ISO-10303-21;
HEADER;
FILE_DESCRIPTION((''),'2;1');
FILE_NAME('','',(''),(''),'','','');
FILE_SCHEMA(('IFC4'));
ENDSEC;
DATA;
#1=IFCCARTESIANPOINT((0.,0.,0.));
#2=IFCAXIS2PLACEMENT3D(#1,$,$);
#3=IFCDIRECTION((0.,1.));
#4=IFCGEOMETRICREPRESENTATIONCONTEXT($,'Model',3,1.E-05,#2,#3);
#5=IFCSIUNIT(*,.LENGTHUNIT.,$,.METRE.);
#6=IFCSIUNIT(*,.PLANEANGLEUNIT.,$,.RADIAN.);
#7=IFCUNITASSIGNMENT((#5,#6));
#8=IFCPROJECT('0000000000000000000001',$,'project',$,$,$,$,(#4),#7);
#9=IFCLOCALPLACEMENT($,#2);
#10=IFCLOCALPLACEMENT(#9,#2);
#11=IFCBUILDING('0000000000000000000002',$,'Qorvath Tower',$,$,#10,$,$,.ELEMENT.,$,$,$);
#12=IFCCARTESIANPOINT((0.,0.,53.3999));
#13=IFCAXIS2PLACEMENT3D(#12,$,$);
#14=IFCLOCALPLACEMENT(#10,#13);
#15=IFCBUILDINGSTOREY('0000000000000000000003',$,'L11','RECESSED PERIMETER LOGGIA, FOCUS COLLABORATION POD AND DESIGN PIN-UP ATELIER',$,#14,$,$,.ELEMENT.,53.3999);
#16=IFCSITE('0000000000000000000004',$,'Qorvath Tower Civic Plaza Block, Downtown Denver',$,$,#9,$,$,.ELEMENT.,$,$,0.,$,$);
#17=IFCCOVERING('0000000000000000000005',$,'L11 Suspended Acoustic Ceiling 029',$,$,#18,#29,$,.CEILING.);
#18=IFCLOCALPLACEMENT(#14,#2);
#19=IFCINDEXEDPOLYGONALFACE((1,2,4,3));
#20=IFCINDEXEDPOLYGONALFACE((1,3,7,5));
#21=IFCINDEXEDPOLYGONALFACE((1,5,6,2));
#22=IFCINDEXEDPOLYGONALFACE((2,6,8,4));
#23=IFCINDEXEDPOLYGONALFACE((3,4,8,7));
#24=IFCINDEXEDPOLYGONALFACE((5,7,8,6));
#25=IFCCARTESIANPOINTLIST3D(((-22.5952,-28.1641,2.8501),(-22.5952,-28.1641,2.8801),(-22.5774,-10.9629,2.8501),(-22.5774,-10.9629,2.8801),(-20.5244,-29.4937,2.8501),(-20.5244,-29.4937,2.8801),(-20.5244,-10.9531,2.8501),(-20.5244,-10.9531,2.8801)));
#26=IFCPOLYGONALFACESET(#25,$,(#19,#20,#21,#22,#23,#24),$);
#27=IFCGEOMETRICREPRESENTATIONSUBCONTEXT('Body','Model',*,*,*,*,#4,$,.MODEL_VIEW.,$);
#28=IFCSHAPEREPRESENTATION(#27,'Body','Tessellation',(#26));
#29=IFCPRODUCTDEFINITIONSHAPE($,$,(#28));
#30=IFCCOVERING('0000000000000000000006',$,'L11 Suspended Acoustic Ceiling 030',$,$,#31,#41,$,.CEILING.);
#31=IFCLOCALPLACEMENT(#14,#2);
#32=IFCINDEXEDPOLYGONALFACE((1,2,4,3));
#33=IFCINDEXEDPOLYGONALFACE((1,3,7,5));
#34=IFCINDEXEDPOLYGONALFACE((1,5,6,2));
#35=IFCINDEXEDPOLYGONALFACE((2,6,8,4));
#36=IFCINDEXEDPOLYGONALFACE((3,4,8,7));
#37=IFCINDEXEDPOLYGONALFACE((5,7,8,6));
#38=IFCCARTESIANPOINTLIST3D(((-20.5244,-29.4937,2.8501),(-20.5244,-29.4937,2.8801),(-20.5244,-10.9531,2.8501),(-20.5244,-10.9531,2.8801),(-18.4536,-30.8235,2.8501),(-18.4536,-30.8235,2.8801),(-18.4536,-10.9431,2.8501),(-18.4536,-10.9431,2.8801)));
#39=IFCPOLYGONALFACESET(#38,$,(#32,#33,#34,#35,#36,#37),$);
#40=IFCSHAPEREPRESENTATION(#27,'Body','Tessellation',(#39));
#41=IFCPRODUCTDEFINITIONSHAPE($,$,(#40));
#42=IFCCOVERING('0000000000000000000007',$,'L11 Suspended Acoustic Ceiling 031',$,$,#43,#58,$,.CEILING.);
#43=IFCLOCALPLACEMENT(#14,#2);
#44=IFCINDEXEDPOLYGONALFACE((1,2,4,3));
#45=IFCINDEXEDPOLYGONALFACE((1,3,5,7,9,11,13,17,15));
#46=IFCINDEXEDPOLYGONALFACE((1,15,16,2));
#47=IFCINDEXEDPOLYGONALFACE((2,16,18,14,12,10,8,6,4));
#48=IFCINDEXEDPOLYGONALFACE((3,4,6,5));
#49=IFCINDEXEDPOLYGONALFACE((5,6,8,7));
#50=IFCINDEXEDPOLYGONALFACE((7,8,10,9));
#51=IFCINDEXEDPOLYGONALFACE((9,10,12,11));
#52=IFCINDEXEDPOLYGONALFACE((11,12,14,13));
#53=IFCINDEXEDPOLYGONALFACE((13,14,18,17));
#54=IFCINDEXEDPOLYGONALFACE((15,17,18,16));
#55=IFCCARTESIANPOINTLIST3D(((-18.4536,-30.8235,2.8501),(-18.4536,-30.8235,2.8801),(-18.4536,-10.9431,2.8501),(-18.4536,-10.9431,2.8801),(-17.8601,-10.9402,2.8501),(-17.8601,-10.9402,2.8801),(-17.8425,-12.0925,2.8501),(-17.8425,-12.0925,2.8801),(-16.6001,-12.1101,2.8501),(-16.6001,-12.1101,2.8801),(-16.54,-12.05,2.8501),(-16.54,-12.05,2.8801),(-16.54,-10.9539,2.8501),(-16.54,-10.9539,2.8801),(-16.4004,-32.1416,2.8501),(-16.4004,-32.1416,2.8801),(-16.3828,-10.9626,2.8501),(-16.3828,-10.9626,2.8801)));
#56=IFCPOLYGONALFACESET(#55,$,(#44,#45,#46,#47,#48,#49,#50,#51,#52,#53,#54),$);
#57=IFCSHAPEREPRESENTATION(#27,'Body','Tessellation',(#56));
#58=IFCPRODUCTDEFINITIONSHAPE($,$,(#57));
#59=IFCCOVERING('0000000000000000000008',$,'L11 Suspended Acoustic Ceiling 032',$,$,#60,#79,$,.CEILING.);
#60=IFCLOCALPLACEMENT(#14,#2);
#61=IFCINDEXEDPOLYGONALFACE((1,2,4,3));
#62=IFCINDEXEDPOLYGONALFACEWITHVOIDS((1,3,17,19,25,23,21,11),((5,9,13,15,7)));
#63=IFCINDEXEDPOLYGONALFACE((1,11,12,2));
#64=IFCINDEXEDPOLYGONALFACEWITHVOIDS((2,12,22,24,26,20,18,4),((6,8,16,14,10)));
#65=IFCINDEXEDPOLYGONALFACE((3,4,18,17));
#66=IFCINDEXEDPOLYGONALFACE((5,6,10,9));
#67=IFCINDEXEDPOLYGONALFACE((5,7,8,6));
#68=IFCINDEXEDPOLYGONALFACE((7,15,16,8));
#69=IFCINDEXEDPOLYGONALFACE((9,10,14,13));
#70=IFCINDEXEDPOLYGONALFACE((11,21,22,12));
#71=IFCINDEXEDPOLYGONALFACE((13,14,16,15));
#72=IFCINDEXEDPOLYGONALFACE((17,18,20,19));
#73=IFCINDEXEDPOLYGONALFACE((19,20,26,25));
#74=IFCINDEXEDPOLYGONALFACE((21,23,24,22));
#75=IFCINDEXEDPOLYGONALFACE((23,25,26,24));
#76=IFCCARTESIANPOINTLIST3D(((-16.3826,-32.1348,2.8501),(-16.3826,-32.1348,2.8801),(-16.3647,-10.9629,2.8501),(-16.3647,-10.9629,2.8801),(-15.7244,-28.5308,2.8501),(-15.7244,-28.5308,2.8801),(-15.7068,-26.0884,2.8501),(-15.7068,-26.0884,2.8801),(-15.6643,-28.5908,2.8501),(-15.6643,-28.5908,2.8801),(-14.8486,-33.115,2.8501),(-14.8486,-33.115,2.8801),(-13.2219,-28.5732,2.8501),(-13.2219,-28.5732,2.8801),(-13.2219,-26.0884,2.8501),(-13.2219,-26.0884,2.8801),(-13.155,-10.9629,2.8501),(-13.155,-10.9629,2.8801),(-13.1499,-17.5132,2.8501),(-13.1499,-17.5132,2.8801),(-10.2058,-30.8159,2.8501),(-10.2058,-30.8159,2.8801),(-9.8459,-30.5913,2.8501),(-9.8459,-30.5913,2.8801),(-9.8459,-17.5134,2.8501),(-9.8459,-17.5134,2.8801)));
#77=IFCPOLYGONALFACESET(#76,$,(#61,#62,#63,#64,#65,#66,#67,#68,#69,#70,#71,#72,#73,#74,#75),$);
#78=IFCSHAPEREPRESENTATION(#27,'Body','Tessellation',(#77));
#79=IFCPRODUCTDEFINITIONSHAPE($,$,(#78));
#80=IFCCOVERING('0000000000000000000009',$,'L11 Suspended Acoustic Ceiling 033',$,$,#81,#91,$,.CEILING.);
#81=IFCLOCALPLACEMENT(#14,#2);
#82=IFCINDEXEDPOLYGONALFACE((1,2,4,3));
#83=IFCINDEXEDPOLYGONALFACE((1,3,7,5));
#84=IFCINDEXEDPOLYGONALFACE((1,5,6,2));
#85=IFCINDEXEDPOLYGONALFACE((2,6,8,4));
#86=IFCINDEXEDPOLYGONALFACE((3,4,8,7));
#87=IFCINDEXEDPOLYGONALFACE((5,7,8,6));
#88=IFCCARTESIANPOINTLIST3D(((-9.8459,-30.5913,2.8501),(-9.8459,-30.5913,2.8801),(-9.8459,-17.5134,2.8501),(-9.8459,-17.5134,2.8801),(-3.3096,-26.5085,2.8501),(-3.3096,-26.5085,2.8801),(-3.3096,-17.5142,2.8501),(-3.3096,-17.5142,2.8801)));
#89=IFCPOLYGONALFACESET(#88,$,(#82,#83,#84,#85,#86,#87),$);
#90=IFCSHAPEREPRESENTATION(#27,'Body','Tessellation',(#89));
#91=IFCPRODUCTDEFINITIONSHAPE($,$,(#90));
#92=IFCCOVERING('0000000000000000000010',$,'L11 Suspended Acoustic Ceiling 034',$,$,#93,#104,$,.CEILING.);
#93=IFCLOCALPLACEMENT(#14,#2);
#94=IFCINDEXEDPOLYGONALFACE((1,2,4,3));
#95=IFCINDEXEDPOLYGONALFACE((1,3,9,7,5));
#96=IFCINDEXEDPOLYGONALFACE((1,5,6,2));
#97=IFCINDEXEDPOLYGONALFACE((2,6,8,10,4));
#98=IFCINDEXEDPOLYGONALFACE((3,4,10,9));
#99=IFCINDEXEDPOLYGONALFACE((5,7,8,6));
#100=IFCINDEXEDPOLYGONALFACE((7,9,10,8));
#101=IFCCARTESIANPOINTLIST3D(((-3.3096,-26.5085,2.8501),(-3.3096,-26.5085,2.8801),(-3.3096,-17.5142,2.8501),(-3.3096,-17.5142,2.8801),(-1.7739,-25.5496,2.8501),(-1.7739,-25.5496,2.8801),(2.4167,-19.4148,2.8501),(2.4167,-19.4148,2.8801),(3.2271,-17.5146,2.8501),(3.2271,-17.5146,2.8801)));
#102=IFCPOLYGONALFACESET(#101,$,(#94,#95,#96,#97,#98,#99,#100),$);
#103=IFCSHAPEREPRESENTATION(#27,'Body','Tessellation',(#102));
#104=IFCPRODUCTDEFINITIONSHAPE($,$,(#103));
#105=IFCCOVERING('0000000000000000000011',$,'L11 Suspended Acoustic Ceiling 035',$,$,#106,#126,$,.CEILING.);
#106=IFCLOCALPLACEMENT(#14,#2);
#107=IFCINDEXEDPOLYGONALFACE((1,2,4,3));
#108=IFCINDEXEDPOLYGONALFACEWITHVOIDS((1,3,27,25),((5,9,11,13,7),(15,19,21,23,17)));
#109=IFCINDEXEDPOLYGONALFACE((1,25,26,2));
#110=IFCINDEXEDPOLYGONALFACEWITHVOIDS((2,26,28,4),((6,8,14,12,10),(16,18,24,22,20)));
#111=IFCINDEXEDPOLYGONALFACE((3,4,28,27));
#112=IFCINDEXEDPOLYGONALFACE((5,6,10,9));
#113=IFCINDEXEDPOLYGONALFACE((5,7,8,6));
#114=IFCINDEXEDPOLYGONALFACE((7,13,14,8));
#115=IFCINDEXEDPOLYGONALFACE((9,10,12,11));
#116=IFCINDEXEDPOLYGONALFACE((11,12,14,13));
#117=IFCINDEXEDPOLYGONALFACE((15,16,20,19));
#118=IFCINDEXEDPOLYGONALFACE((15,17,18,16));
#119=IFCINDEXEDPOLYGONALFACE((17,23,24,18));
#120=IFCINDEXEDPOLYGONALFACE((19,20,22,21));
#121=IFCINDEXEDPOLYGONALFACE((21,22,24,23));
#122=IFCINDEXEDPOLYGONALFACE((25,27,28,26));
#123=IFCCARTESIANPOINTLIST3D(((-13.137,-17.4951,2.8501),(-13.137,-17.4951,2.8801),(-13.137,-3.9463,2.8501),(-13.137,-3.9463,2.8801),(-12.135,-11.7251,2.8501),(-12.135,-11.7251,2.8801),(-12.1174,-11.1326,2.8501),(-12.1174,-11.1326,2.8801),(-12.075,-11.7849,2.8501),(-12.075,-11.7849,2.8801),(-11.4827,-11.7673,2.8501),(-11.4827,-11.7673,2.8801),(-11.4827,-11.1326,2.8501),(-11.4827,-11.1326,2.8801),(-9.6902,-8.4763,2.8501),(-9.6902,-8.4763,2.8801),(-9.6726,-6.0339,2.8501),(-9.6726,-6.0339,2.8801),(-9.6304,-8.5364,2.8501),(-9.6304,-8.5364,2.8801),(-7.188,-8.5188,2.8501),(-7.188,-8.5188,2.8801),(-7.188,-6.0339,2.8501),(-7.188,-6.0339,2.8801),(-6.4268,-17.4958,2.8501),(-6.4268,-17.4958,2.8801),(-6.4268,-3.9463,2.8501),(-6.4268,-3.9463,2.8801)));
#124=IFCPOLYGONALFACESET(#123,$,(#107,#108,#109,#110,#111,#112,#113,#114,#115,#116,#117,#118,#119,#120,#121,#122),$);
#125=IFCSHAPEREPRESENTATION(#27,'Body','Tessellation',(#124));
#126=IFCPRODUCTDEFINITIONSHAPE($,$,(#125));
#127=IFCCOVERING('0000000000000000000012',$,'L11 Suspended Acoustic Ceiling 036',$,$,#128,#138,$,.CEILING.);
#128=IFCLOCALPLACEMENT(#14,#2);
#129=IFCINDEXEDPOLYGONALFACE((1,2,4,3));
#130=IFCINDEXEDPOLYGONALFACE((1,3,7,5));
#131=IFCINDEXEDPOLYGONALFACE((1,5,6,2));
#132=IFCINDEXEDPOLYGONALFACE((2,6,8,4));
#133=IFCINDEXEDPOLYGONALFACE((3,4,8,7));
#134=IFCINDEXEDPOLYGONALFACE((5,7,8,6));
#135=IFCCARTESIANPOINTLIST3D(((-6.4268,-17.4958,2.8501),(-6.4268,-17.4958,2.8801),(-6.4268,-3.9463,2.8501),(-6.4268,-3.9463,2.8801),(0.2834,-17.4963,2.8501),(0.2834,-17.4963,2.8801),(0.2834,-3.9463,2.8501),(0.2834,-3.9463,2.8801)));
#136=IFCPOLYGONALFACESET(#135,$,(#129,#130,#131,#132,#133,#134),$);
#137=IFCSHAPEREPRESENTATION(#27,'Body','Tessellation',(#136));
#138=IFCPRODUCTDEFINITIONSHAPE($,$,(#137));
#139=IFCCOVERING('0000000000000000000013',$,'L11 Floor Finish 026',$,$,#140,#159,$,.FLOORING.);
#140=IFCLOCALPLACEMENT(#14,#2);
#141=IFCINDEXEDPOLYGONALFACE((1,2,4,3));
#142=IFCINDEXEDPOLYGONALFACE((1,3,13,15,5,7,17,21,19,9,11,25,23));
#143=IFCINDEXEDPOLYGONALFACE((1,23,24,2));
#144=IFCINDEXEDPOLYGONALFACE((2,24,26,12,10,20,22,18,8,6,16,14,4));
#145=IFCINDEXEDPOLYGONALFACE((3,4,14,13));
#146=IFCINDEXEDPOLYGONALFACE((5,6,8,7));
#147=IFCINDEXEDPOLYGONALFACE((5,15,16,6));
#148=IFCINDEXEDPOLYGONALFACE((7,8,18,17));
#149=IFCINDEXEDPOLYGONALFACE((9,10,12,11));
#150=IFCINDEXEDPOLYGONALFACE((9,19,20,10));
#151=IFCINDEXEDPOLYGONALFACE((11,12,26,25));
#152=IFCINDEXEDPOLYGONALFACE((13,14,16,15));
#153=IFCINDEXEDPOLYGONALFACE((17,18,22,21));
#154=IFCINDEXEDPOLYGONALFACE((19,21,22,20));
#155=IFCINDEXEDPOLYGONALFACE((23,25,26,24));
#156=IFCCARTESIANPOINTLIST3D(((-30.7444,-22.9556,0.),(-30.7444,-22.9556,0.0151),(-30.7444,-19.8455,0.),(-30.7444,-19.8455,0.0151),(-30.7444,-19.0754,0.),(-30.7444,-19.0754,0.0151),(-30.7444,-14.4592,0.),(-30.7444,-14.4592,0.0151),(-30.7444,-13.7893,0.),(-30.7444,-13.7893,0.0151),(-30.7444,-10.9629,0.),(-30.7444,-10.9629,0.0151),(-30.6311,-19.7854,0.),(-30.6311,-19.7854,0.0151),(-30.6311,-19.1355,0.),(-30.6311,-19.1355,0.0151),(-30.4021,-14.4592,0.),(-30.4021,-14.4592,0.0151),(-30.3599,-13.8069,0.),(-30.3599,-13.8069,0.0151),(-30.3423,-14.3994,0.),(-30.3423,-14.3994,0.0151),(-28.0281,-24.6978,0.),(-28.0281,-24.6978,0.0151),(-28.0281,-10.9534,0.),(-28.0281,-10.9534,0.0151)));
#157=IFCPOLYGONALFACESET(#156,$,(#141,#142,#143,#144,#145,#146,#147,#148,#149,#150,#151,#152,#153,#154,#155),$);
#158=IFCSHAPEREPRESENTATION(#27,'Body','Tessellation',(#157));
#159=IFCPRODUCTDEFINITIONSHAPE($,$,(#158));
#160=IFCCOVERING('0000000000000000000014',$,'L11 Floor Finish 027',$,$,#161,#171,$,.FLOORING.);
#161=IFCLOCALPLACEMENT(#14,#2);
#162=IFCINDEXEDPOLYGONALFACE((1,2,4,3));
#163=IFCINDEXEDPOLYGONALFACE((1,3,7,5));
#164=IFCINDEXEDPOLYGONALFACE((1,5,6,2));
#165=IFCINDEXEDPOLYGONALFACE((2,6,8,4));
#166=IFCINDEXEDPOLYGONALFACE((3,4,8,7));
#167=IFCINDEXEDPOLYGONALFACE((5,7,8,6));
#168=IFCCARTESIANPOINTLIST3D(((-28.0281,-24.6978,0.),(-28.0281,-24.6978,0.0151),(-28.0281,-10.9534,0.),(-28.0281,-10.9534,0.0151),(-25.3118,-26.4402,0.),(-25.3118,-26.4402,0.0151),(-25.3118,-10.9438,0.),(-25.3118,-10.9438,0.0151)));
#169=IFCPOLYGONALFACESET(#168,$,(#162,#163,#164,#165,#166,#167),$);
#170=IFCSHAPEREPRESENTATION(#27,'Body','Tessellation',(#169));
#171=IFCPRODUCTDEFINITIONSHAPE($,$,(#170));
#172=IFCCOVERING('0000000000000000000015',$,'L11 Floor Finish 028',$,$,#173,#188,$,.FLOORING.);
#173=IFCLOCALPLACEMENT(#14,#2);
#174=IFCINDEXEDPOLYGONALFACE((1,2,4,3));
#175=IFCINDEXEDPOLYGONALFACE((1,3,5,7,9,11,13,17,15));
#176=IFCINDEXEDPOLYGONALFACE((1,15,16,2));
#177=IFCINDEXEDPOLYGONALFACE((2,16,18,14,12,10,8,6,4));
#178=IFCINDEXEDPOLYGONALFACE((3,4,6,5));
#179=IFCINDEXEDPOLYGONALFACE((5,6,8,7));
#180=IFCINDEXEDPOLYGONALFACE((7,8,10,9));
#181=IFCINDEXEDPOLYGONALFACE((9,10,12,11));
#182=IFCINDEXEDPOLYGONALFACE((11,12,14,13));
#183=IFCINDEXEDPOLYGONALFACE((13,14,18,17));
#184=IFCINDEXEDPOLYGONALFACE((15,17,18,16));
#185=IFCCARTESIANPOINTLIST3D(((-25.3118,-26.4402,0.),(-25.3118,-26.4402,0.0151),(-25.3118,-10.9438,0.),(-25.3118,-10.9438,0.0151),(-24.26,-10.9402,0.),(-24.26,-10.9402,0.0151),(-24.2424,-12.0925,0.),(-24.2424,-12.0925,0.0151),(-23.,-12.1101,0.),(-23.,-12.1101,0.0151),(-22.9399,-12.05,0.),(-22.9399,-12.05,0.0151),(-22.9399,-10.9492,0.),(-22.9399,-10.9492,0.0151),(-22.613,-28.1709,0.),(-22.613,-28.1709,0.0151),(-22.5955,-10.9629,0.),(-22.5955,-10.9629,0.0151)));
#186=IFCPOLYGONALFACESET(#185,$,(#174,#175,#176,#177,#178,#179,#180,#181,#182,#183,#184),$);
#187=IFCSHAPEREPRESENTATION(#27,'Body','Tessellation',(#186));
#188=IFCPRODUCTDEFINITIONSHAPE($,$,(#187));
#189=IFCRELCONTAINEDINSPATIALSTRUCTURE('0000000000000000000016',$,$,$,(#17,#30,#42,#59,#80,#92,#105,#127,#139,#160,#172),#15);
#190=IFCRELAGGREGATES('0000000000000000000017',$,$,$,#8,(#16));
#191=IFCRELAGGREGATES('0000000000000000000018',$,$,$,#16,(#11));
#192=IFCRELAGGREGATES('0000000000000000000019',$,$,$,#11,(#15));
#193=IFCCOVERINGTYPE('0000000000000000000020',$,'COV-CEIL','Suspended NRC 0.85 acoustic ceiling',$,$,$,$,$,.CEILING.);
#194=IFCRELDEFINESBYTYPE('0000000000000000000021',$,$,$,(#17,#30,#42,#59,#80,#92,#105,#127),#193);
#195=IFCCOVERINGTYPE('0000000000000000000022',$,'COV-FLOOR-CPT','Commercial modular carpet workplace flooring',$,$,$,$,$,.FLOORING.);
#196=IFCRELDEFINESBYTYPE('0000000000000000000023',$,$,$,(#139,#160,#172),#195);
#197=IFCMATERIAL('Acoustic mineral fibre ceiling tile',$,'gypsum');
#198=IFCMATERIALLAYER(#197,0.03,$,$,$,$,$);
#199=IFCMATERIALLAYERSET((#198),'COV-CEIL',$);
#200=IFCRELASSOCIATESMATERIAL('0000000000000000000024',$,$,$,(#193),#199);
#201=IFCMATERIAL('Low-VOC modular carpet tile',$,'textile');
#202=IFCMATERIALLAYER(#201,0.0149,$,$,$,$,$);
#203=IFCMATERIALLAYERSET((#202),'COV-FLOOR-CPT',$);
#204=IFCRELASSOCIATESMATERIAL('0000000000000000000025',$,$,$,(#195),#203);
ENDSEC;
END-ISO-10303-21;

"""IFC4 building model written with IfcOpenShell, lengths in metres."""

from ifc_helpers import new_model, si_unit, direction, frame, origin, place, context, subcontext, project, spatial, polyline, outline, extrude, material, layer, layer_set, type_object, element, save


model = new_model("IFC4")

# Units and contexts
model_context = context("Model", 3, precision=1e-05, world=origin(), true_north=direction((0.0, 1.0)))
body_context = subcontext(model_context, "Body", "Model", "MODEL_VIEW")
ifc_project = project(units=[si_unit("LENGTHUNIT", "METRE"), si_unit("PLANEANGLEUNIT", "RADIAN")], contexts=[model_context])

# Site, building, storey
site_placement = place(None, origin())
site = spatial("IfcSite", under=ifc_project, at=site_placement, Name="Qorvath Tower Civic Plaza Block, Downtown Denver", CompositionType="ELEMENT", RefElevation=0.0)
building_placement = place(site_placement, origin())
building = spatial("IfcBuilding", under=site, at=building_placement, Name="Qorvath Tower", CompositionType="ELEMENT")
storey_placement = place(building_placement, frame((0.0, 0.0, 53.3999)))
storey = spatial("IfcBuildingStorey", under=building, at=storey_placement, Name="L11", Description="RECESSED PERIMETER LOGGIA, FOCUS COLLABORATION POD AND DESIGN PIN-UP ATELIER", CompositionType="ELEMENT", Elevation=53.3999)

# Coverings
ifc_material_1 = material(Name="Acoustic mineral fibre ceiling tile", Category="gypsum")
ifc_layer_1 = layer(ifc_material_1, 0.03)
ifc_layer_set_1 = layer_set([ifc_layer_1], Name="COV-CEIL")
covering_type_1 = type_object("IfcCoveringType", Name="COV-CEIL", Description="Suspended NRC 0.85 acoustic ceiling", PredefinedType="CEILING", material=ifc_layer_set_1)
covering_1_placement = place(storey_placement, frame((0.0, 0.0, 2.8501)))
element("IfcCovering", 1, at=covering_1_placement, inside=storey, type_object=covering_type_1, Name="L11 Suspended Acoustic Ceiling 029", PredefinedType="CEILING", context=body_context, shape_type="SweptSolid", body=[
    extrude(outline(polyline([(-20.5244, -29.4937), (-20.5244, -10.9531), (-22.5774, -10.9629), (-22.5952, -28.1641), (-20.5244, -29.4937)])), origin(), (0.0, 0.0, 1.0), 0.03),
])
covering_2_placement = place(storey_placement, frame((0.0, 0.0, 2.8501)))
element("IfcCovering", 2, at=covering_2_placement, inside=storey, type_object=covering_type_1, Name="L11 Suspended Acoustic Ceiling 030", PredefinedType="CEILING", context=body_context, shape_type="SweptSolid", body=[
    extrude(outline(polyline([(-18.4536, -30.8235), (-18.4536, -10.9431), (-20.5244, -10.9531), (-20.5244, -29.4937), (-18.4536, -30.8235)])), origin(), (0.0, 0.0, 1.0), 0.03),
])
covering_3_placement = place(storey_placement, frame((0.0, 0.0, 2.8501)))
element("IfcCovering", 3, at=covering_3_placement, inside=storey, type_object=covering_type_1, Name="L11 Suspended Acoustic Ceiling 031", PredefinedType="CEILING", context=body_context, shape_type="SweptSolid", body=[
    extrude(outline(polyline([(-16.4004, -32.1416), (-16.3828, -10.9626), (-16.54, -10.9539), (-16.54, -12.05), (-16.6001, -12.1101), (-17.8425, -12.0925), (-17.8601, -10.9402), (-18.4536, -10.9431), (-18.4536, -30.8235), (-16.4004, -32.1416)])), origin(), (0.0, 0.0, 1.0), 0.03),
])
covering_4_placement = place(storey_placement, frame((0.0, 0.0, 2.8501)))
element("IfcCovering", 4, at=covering_4_placement, inside=storey, type_object=covering_type_1, Name="L11 Suspended Acoustic Ceiling 032", PredefinedType="CEILING", context=body_context, shape_type="SweptSolid", body=[
    extrude(outline(polyline([(-14.8486, -33.115), (-10.2058, -30.8159), (-9.8459, -30.5913), (-9.8459, -17.5134), (-13.1499, -17.5132), (-13.155, -10.9629), (-16.3647, -10.9629), (-16.3826, -32.1348), (-14.8486, -33.115)]), holes=[polyline([(-15.7244, -28.5308), (-15.7068, -26.0884), (-13.2219, -26.0884), (-13.2219, -28.5732), (-15.6643, -28.5908), (-15.7244, -28.5308)])]), origin(), (0.0, 0.0, 1.0), 0.03),
])
covering_5_placement = place(storey_placement, frame((0.0, 0.0, 2.8501)))
element("IfcCovering", 5, at=covering_5_placement, inside=storey, type_object=covering_type_1, Name="L11 Suspended Acoustic Ceiling 033", PredefinedType="CEILING", context=body_context, shape_type="SweptSolid", body=[
    extrude(outline(polyline([(-9.8459, -17.5134), (-9.8459, -30.5913), (-3.3096, -26.5085), (-3.3096, -17.5142), (-9.8459, -17.5134)])), origin(), (0.0, 0.0, 1.0), 0.03),
])
covering_6_placement = place(storey_placement, frame((0.0, 0.0, 2.8501)))
element("IfcCovering", 6, at=covering_6_placement, inside=storey, type_object=covering_type_1, Name="L11 Suspended Acoustic Ceiling 034", PredefinedType="CEILING", context=body_context, shape_type="SweptSolid", body=[
    extrude(outline(polyline([(-3.3096, -17.5142), (-3.3096, -26.5085), (-1.7739, -25.5496), (2.4167, -19.4148), (3.2271, -17.5146), (-3.3096, -17.5142)])), origin(), (0.0, 0.0, 1.0), 0.03),
])
covering_7_placement = place(storey_placement, frame((0.0, 0.0, 2.8501)))
element("IfcCovering", 7, at=covering_7_placement, inside=storey, type_object=covering_type_1, Name="L11 Suspended Acoustic Ceiling 035", PredefinedType="CEILING", context=body_context, shape_type="SweptSolid", body=[
    extrude(outline(polyline([(-6.4268, -17.4958), (-6.4268, -3.9463), (-13.137, -3.9463), (-13.137, -17.4951), (-6.4268, -17.4958)]), holes=[polyline([(-9.6902, -8.4763), (-9.6726, -6.0339), (-7.188, -6.0339), (-7.188, -8.5188), (-9.6304, -8.5364), (-9.6902, -8.4763)]), polyline([(-12.135, -11.7251), (-12.1174, -11.1326), (-11.4827, -11.1326), (-11.4827, -11.7673), (-12.075, -11.7849), (-12.135, -11.7251)])]), origin(), (0.0, 0.0, 1.0), 0.03),
])
covering_8_placement = place(storey_placement, frame((0.0, 0.0, 2.8501)))
element("IfcCovering", 8, at=covering_8_placement, inside=storey, type_object=covering_type_1, Name="L11 Suspended Acoustic Ceiling 036", PredefinedType="CEILING", context=body_context, shape_type="SweptSolid", body=[
    extrude(outline(polyline([(0.2834, -17.4963), (0.2834, -3.9463), (-6.4268, -3.9463), (-6.4268, -17.4958), (0.2834, -17.4963)])), origin(), (0.0, 0.0, 1.0), 0.03),
])
ifc_material_2 = material(Name="Low-VOC modular carpet tile", Category="textile")
ifc_layer_2 = layer(ifc_material_2, 0.0149)
ifc_layer_set_2 = layer_set([ifc_layer_2], Name="COV-FLOOR-CPT")
covering_type_2 = type_object("IfcCoveringType", Name="COV-FLOOR-CPT", Description="Commercial modular carpet workplace flooring", PredefinedType="FLOORING", material=ifc_layer_set_2)
covering_9_placement = place(storey_placement, origin())
element("IfcCovering", 9, at=covering_9_placement, inside=storey, type_object=covering_type_2, Name="L11 Floor Finish 026", PredefinedType="FLOORING", context=body_context, shape_type="SweptSolid", body=[
    extrude(outline(polyline([(-28.0281, -24.6978), (-28.0281, -10.9534), (-30.7444, -10.9629), (-30.7444, -13.7893), (-30.3599, -13.8069), (-30.3423, -14.3994), (-30.4021, -14.4592), (-30.7444, -14.4592), (-30.7444, -19.0754), (-30.6311, -19.1355), (-30.6311, -19.7854), (-30.7444, -19.8455), (-30.7444, -22.9556), (-28.0281, -24.6978)])), origin(), (0.0, 0.0, 1.0), 0.0151),
])
covering_10_placement = place(storey_placement, origin())
element("IfcCovering", 10, at=covering_10_placement, inside=storey, type_object=covering_type_2, Name="L11 Floor Finish 027", PredefinedType="FLOORING", context=body_context, shape_type="SweptSolid", body=[
    extrude(outline(polyline([(-25.3118, -26.4402), (-25.3118, -10.9438), (-28.0281, -10.9534), (-28.0281, -24.6978), (-25.3118, -26.4402)])), origin(), (0.0, 0.0, 1.0), 0.0151),
])
covering_11_placement = place(storey_placement, origin())
element("IfcCovering", 11, at=covering_11_placement, inside=storey, type_object=covering_type_2, Name="L11 Floor Finish 028", PredefinedType="FLOORING", context=body_context, shape_type="SweptSolid", body=[
    extrude(outline(polyline([(-22.613, -28.1709), (-22.5955, -10.9629), (-22.9399, -10.9492), (-22.9399, -12.05), (-23.0, -12.1101), (-24.2424, -12.0925), (-24.26, -10.9402), (-25.3118, -10.9438), (-25.3118, -26.4402), (-22.613, -28.1709)])), origin(), (0.0, 0.0, 1.0), 0.0151),
])

save(model, "model.ifc")
